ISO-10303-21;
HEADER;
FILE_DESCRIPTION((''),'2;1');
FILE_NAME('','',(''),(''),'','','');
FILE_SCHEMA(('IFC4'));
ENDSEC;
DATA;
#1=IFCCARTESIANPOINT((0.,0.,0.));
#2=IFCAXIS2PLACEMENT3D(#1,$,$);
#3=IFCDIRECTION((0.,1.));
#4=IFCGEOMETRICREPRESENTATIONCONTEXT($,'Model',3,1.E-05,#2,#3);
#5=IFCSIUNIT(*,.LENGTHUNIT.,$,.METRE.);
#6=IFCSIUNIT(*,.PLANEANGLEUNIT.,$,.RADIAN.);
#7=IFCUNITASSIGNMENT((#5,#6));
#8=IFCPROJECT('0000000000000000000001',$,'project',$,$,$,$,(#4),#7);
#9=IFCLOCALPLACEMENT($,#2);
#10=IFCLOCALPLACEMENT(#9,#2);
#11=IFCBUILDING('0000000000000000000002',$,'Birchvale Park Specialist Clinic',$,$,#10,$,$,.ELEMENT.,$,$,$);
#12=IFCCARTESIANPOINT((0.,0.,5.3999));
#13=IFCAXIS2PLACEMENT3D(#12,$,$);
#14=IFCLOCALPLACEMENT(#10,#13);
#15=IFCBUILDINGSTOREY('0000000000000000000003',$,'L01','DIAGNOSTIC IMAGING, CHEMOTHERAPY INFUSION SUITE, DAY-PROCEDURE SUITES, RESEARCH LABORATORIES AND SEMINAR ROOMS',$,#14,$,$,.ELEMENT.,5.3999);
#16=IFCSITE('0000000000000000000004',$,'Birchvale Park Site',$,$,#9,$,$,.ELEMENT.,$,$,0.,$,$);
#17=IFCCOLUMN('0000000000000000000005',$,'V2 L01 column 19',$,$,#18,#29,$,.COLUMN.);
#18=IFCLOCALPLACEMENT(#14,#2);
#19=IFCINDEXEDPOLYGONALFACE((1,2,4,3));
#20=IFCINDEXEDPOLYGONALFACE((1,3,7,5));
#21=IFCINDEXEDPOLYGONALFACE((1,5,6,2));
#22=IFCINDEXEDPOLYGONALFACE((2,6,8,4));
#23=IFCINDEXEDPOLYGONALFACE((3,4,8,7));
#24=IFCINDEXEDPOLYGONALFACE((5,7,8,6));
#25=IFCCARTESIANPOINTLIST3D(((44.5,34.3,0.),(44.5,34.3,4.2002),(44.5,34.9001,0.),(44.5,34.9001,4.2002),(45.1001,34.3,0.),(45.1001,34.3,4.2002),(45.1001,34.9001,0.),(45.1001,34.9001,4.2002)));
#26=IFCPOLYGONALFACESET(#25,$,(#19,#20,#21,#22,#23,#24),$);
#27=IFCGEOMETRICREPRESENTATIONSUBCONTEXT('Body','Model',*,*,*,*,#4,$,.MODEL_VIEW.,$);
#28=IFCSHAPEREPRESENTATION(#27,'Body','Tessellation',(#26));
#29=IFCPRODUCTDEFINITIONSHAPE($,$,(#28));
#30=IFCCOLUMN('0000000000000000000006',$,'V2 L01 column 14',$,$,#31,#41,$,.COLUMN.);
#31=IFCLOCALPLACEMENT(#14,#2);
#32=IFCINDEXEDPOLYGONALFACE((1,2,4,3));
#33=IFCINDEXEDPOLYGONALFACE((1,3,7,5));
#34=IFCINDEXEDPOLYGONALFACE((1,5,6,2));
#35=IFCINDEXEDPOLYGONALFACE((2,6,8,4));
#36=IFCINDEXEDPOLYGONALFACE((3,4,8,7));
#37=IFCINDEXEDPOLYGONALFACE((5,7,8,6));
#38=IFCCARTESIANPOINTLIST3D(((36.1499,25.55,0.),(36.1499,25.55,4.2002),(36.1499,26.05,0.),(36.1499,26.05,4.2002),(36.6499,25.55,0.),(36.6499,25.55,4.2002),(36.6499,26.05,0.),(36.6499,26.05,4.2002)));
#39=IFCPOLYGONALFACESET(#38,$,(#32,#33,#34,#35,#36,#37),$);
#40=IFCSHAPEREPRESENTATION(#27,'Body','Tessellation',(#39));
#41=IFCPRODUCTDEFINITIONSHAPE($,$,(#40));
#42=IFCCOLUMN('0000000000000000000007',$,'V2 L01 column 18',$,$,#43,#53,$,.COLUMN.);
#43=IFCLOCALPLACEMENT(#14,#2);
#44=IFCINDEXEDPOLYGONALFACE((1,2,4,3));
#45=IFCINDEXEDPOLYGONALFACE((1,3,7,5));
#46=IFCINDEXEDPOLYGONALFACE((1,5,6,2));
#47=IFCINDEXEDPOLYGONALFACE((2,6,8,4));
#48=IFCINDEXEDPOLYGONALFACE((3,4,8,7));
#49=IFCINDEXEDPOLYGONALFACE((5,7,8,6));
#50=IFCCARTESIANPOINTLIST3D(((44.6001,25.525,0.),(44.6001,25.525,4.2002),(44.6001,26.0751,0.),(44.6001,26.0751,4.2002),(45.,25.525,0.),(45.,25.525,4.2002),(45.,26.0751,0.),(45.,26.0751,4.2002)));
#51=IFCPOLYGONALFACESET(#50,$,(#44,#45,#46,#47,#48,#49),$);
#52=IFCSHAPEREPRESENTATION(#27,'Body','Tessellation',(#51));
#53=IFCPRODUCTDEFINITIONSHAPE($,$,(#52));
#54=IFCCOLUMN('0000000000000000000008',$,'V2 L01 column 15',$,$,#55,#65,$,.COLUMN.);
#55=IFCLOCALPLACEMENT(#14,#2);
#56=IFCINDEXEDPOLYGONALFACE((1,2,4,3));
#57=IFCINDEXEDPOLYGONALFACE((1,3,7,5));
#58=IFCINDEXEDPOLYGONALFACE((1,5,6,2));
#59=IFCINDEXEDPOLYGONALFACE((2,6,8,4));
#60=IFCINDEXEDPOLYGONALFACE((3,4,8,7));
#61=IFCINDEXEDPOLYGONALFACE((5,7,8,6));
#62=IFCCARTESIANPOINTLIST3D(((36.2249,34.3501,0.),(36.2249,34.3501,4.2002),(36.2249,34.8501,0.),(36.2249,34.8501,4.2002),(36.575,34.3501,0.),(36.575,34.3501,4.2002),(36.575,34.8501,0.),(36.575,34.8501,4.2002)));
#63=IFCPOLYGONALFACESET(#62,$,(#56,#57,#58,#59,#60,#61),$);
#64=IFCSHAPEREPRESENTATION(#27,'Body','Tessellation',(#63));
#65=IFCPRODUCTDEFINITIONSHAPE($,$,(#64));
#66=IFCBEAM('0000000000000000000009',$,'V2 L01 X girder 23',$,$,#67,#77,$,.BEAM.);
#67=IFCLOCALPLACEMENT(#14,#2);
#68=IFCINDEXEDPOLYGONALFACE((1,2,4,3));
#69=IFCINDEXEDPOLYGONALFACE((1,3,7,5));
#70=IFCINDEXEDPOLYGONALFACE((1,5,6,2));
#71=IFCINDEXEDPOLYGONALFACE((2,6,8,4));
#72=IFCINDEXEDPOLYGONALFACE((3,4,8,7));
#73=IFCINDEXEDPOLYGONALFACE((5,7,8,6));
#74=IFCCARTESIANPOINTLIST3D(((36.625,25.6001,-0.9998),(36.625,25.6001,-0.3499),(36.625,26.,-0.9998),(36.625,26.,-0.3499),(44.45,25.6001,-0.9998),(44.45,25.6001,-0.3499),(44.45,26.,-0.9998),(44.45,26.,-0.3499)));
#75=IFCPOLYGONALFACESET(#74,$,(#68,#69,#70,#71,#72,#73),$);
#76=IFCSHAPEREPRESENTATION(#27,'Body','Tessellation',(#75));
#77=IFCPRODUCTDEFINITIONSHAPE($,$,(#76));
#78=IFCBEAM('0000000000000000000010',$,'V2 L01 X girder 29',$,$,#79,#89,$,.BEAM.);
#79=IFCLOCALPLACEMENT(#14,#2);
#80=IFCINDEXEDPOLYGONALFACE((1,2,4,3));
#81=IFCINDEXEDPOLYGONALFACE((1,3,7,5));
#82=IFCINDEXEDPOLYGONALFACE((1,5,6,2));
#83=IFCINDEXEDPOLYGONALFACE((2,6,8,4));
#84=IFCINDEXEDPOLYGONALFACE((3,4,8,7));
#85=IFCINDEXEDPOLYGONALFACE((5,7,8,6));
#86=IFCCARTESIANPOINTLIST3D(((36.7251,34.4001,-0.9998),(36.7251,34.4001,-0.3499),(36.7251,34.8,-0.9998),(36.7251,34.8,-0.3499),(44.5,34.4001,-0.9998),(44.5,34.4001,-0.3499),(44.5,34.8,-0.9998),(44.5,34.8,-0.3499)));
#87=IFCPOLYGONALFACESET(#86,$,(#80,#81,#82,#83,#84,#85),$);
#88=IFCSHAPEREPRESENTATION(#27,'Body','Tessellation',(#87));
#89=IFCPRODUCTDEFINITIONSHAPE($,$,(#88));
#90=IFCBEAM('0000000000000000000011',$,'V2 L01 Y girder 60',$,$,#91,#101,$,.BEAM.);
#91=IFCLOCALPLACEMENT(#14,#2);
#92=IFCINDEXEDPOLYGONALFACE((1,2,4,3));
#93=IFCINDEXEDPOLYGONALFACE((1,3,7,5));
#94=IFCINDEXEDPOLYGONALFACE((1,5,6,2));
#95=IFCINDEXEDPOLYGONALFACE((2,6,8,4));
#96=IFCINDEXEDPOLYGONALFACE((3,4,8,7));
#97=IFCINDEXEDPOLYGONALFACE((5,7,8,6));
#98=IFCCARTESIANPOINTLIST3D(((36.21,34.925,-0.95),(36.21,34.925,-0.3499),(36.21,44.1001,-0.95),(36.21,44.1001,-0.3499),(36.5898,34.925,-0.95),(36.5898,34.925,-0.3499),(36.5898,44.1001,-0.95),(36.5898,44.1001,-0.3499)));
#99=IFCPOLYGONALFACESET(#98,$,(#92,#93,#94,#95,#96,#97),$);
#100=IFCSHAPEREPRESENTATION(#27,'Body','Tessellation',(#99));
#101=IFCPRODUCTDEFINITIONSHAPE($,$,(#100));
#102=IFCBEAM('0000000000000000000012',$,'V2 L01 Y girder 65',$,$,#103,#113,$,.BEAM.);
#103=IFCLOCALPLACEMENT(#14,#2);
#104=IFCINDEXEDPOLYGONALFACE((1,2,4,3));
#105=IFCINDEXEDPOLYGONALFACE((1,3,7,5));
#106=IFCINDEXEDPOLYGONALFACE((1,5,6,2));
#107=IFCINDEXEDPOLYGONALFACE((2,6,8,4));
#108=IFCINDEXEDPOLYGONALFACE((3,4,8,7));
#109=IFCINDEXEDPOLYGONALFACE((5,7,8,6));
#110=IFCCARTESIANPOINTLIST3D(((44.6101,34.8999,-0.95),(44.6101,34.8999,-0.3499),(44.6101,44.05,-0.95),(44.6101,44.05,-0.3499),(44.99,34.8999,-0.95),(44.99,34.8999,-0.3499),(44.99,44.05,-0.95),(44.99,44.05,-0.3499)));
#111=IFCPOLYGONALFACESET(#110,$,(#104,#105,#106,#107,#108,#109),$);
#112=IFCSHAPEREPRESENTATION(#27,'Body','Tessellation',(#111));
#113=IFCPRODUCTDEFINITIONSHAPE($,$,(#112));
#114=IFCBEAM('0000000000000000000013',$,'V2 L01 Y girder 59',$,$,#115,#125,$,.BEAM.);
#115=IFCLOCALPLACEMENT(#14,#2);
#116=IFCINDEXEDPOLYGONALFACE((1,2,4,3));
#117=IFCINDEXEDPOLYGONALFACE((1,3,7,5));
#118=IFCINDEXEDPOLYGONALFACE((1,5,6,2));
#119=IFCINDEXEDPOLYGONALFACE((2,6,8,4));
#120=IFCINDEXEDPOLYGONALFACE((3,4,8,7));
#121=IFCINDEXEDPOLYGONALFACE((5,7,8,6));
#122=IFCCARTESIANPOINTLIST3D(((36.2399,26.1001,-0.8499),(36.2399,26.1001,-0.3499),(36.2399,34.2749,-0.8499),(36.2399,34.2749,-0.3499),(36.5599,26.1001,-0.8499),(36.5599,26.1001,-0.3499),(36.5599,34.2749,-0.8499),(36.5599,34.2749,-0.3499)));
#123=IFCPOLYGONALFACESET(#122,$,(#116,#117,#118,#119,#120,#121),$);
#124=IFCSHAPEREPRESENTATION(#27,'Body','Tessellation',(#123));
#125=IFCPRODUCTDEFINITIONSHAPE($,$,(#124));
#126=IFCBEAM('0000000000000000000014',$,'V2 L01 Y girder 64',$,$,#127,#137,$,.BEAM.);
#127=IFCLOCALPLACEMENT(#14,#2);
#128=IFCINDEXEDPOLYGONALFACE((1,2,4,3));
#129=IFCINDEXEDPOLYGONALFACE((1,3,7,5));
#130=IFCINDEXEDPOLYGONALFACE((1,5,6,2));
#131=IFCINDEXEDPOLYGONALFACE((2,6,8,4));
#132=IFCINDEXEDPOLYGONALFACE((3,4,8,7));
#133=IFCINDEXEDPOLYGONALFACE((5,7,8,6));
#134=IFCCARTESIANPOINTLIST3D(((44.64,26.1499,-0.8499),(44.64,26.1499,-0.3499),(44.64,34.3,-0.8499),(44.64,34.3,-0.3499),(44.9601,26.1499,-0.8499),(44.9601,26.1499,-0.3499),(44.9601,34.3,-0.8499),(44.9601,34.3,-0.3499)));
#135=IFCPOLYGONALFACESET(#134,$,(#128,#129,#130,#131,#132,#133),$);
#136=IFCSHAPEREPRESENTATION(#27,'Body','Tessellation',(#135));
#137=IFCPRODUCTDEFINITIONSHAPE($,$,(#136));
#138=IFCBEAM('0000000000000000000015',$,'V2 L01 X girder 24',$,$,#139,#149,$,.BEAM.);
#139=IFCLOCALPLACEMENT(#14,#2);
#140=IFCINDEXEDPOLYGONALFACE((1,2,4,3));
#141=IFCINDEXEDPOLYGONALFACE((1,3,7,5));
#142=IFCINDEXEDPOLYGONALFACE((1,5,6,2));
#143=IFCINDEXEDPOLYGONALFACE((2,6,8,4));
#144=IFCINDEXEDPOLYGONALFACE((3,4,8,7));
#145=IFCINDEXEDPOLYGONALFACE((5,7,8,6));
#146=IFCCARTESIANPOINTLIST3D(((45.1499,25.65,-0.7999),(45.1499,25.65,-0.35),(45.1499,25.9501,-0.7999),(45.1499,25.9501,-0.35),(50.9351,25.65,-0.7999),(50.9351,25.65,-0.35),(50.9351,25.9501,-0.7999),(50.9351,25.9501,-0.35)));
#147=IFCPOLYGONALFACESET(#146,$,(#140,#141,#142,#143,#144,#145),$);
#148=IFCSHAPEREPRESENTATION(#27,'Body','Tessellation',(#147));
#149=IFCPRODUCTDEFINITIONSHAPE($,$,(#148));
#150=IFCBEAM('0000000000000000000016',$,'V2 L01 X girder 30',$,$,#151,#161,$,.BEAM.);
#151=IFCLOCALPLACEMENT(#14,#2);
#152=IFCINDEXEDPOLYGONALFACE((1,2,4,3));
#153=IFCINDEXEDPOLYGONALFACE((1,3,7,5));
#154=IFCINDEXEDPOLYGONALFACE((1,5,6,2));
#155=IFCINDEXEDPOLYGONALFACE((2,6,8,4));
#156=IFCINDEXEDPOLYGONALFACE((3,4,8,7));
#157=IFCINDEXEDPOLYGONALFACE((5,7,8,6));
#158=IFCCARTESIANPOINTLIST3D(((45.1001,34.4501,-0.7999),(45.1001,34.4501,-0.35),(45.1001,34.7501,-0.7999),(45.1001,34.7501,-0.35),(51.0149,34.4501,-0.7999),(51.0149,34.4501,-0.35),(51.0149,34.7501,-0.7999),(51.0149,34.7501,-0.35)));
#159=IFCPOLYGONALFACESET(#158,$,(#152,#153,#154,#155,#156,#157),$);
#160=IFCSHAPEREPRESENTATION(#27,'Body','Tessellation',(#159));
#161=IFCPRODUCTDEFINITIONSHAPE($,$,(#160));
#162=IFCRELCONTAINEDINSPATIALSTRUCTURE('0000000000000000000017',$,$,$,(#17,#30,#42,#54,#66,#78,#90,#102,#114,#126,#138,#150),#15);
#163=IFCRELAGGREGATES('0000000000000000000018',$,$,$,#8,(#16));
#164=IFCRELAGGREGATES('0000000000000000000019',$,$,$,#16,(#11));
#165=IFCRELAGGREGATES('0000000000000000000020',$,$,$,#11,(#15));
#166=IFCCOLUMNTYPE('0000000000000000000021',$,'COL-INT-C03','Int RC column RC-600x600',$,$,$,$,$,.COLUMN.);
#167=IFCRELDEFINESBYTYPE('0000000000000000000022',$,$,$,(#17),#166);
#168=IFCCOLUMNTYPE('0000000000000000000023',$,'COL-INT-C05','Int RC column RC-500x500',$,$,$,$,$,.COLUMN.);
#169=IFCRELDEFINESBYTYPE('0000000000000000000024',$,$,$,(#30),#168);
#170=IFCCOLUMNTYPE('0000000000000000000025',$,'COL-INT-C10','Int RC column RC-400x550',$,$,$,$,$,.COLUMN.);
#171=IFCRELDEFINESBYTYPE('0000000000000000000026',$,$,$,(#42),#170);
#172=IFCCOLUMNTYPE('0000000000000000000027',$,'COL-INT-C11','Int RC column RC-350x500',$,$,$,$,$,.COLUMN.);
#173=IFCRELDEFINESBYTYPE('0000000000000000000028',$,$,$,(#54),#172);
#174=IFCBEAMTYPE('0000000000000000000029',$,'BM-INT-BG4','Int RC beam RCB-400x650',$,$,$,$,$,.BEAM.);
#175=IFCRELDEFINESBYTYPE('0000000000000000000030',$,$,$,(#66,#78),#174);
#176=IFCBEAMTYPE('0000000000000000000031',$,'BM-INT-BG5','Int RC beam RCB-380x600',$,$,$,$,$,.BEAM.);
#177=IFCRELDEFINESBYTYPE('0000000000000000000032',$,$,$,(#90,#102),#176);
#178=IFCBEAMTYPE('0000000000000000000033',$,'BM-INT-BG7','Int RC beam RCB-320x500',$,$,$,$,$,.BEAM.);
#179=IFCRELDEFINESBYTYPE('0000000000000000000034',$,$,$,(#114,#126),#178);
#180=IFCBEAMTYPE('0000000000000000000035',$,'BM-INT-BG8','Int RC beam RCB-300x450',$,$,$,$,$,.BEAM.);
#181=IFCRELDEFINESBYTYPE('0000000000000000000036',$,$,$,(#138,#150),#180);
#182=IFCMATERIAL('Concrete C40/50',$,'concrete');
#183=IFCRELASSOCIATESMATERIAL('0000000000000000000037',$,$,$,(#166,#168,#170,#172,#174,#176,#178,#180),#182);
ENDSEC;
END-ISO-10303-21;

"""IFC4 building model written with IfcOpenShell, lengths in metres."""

from ifc_helpers import new_model, si_unit, direction, frame, origin, origin_2d, place, context, subcontext, project, spatial, rectangle, extrude, material, material_profile, profile_set, type_object, element, save


model = new_model("IFC4")

# Units and contexts
model_context = context("Model", 3, precision=1e-05, world=origin(), true_north=direction((0.0, 1.0)))
body_context = subcontext(model_context, "Body", "Model", "MODEL_VIEW")
ifc_project = project(units=[si_unit("LENGTHUNIT", "METRE"), si_unit("PLANEANGLEUNIT", "RADIAN")], contexts=[model_context])

# Site, building, storey
site_placement = place(None, origin())
site = spatial("IfcSite", under=ifc_project, at=site_placement, Name="Birchvale Park Site", CompositionType="ELEMENT", RefElevation=0.0)
building_placement = place(site_placement, origin())
building = spatial("IfcBuilding", under=site, at=building_placement, Name="Birchvale Park Specialist Clinic", CompositionType="ELEMENT")
storey_placement = place(building_placement, frame((0.0, 0.0, 5.3999)))
storey = spatial("IfcBuildingStorey", under=building, at=storey_placement, Name="L01", Description="DIAGNOSTIC IMAGING, CHEMOTHERAPY INFUSION SUITE, DAY-PROCEDURE SUITES, RESEARCH LABORATORIES AND SEMINAR ROOMS", CompositionType="ELEMENT", Elevation=5.3999)

# Columns
ifc_material_1 = material(Name="Concrete C40/50", Category="concrete")
ifc_material_profile_1 = material_profile(ifc_material_1, rectangle(XDim=0.6001, YDim=0.6001, at=origin_2d()), Name="RC-600x600")
ifc_profile_set_1 = profile_set([ifc_material_profile_1], Name="Concrete C40/50")
column_type_1 = type_object("IfcColumnType", Name="COL-INT-C03", Description="Int RC column RC-600x600", PredefinedType="COLUMN", material=ifc_profile_set_1)
column_1_placement = place(storey_placement, frame((44.8, 34.6001, 0.0), z_axis=(0.0, 0.0, 1.0), x_axis=(1.0, 0.0, 0.0)))
element("IfcColumn", 1, at=column_1_placement, inside=storey, type_object=column_type_1, Name="V2 L01 column 19", PredefinedType="COLUMN", context=body_context, shape_type="SweptSolid", body=[
    extrude(rectangle(XDim=0.6001, YDim=0.6001, at=origin_2d()), origin(), (0.0, 0.0, 1.0), 4.2002),
])
ifc_material_profile_2 = material_profile(ifc_material_1, rectangle(XDim=0.5, YDim=0.5, at=origin_2d()), Name="RC-500x500")
ifc_profile_set_2 = profile_set([ifc_material_profile_2], Name="Concrete C40/50")
column_type_2 = type_object("IfcColumnType", Name="COL-INT-C05", Description="Int RC column RC-500x500", PredefinedType="COLUMN", material=ifc_profile_set_2)
column_2_placement = place(storey_placement, frame((36.3999, 25.8, 0.0), z_axis=(0.0, 0.0, 1.0), x_axis=(1.0, 0.0, 0.0)))
element("IfcColumn", 2, at=column_2_placement, inside=storey, type_object=column_type_2, Name="V2 L01 column 14", PredefinedType="COLUMN", context=body_context, shape_type="SweptSolid", body=[
    extrude(rectangle(XDim=0.5, YDim=0.5, at=origin_2d()), origin(), (0.0, 0.0, 1.0), 4.2002),
])
ifc_material_profile_3 = material_profile(ifc_material_1, rectangle(XDim=0.3999, YDim=0.55, at=origin_2d()), Name="RC-400x550")
ifc_profile_set_3 = profile_set([ifc_material_profile_3], Name="Concrete C40/50")
column_type_3 = type_object("IfcColumnType", Name="COL-INT-C10", Description="Int RC column RC-400x550", PredefinedType="COLUMN", material=ifc_profile_set_3)
column_3_placement = place(storey_placement, frame((44.8, 25.8, 0.0), z_axis=(0.0, 0.0, 1.0), x_axis=(1.0, 0.0, 0.0)))
element("IfcColumn", 3, at=column_3_placement, inside=storey, type_object=column_type_3, Name="V2 L01 column 18", PredefinedType="COLUMN", context=body_context, shape_type="SweptSolid", body=[
    extrude(rectangle(XDim=0.3999, YDim=0.55, at=origin_2d()), origin(), (0.0, 0.0, 1.0), 4.2002),
])
ifc_material_profile_4 = material_profile(ifc_material_1, rectangle(XDim=0.3501, YDim=0.5, at=origin_2d()), Name="RC-350x500")
ifc_profile_set_4 = profile_set([ifc_material_profile_4], Name="Concrete C40/50")
column_type_4 = type_object("IfcColumnType", Name="COL-INT-C11", Description="Int RC column RC-350x500", PredefinedType="COLUMN", material=ifc_profile_set_4)
column_4_placement = place(storey_placement, frame((36.3999, 34.6001, 0.0), z_axis=(0.0, 0.0, 1.0), x_axis=(1.0, 0.0, 0.0)))
element("IfcColumn", 4, at=column_4_placement, inside=storey, type_object=column_type_4, Name="V2 L01 column 15", PredefinedType="COLUMN", context=body_context, shape_type="SweptSolid", body=[
    extrude(rectangle(XDim=0.3501, YDim=0.5, at=origin_2d()), origin(), (0.0, 0.0, 1.0), 4.2002),
])

# Beams
ifc_material_profile_5 = material_profile(ifc_material_1, rectangle(XDim=0.3999, YDim=0.6499, at=origin_2d()), Name="RCB-400x650")
ifc_profile_set_5 = profile_set([ifc_material_profile_5], Name="Concrete C40/50")
beam_type_1 = type_object("IfcBeamType", Name="BM-INT-BG4", Description="Int RC beam RCB-400x650", PredefinedType="BEAM", material=ifc_profile_set_5)
beam_1_placement = place(storey_placement, frame((36.625, 25.8, -0.6748), z_axis=(1.0, 0.0, 0.0), x_axis=(0.0, 1.0, 0.0)))
element("IfcBeam", 5, at=beam_1_placement, inside=storey, type_object=beam_type_1, Name="V2 L01 X girder 23", PredefinedType="BEAM", context=body_context, shape_type="SweptSolid", body=[
    extrude(rectangle(XDim=0.3999, YDim=0.6499, at=origin_2d()), origin(), (0.0, 0.0, 1.0), 7.825),
])
beam_2_placement = place(storey_placement, frame((36.7251, 34.6001, -0.6748), z_axis=(1.0, 0.0, 0.0), x_axis=(0.0, 1.0, 0.0)))
element("IfcBeam", 6, at=beam_2_placement, inside=storey, type_object=beam_type_1, Name="V2 L01 X girder 29", PredefinedType="BEAM", context=body_context, shape_type="SweptSolid", body=[
    extrude(rectangle(XDim=0.3999, YDim=0.6499, at=origin_2d()), origin(), (0.0, 0.0, 1.0), 7.7749),
])
ifc_material_profile_6 = material_profile(ifc_material_1, rectangle(XDim=0.3799, YDim=0.6001, at=origin_2d()), Name="RCB-380x600")
ifc_profile_set_6 = profile_set([ifc_material_profile_6], Name="Concrete C40/50")
beam_type_2 = type_object("IfcBeamType", Name="BM-INT-BG5", Description="Int RC beam RCB-380x600", PredefinedType="BEAM", material=ifc_profile_set_6)
beam_3_placement = place(storey_placement, frame((36.3999, 34.925, -0.6499), z_axis=(0.0, 1.0, 0.0), x_axis=(-1.0, 0.0, 0.0)))
element("IfcBeam", 7, at=beam_3_placement, inside=storey, type_object=beam_type_2, Name="V2 L01 Y girder 60", PredefinedType="BEAM", context=body_context, shape_type="SweptSolid", body=[
    extrude(rectangle(XDim=0.3799, YDim=0.6001, at=origin_2d()), origin(), (0.0, 0.0, 1.0), 9.175),
])
beam_4_placement = place(storey_placement, frame((44.8, 34.8999, -0.6499), z_axis=(0.0, 1.0, 0.0), x_axis=(-1.0, 0.0, 0.0)))
element("IfcBeam", 8, at=beam_4_placement, inside=storey, type_object=beam_type_2, Name="V2 L01 Y girder 65", PredefinedType="BEAM", context=body_context, shape_type="SweptSolid", body=[
    extrude(rectangle(XDim=0.3799, YDim=0.6001, at=origin_2d()), origin(), (0.0, 0.0, 1.0), 9.1501),
])
ifc_material_profile_7 = material_profile(ifc_material_1, rectangle(XDim=0.3201, YDim=0.5, at=origin_2d()), Name="RCB-320x500")
ifc_profile_set_7 = profile_set([ifc_material_profile_7], Name="Concrete C40/50")
beam_type_3 = type_object("IfcBeamType", Name="BM-INT-BG7", Description="Int RC beam RCB-320x500", PredefinedType="BEAM", material=ifc_profile_set_7)
beam_5_placement = place(storey_placement, frame((36.3999, 26.1001, -0.5999), z_axis=(0.0, 1.0, 0.0), x_axis=(-1.0, 0.0, 0.0)))
element("IfcBeam", 9, at=beam_5_placement, inside=storey, type_object=beam_type_3, Name="V2 L01 Y girder 59", PredefinedType="BEAM", context=body_context, shape_type="SweptSolid", body=[
    extrude(rectangle(XDim=0.3201, YDim=0.5, at=origin_2d()), origin(), (0.0, 0.0, 1.0), 8.1748),
])
beam_6_placement = place(storey_placement, frame((44.8, 26.1499, -0.5999), z_axis=(0.0, 1.0, 0.0), x_axis=(-1.0, 0.0, 0.0)))
element("IfcBeam", 10, at=beam_6_placement, inside=storey, type_object=beam_type_3, Name="V2 L01 Y girder 64", PredefinedType="BEAM", context=body_context, shape_type="SweptSolid", body=[
    extrude(rectangle(XDim=0.3201, YDim=0.5, at=origin_2d()), origin(), (0.0, 0.0, 1.0), 8.1501),
])
ifc_material_profile_8 = material_profile(ifc_material_1, rectangle(XDim=0.3, YDim=0.45, at=origin_2d()), Name="RCB-300x450")
ifc_profile_set_8 = profile_set([ifc_material_profile_8], Name="Concrete C40/50")
beam_type_4 = type_object("IfcBeamType", Name="BM-INT-BG8", Description="Int RC beam RCB-300x450", PredefinedType="BEAM", material=ifc_profile_set_8)
beam_7_placement = place(storey_placement, frame((45.1499, 25.8, -0.575), z_axis=(1.0, 0.0, 0.0), x_axis=(0.0, 1.0, 0.0)))
element("IfcBeam", 11, at=beam_7_placement, inside=storey, type_object=beam_type_4, Name="V2 L01 X girder 24", PredefinedType="BEAM", context=body_context, shape_type="SweptSolid", body=[
    extrude(rectangle(XDim=0.3, YDim=0.45, at=origin_2d()), origin(), (0.0, 0.0, 1.0), 5.7852),
])
beam_8_placement = place(storey_placement, frame((45.1001, 34.6001, -0.575), z_axis=(1.0, 0.0, 0.0), x_axis=(0.0, 1.0, 0.0)))
element("IfcBeam", 12, at=beam_8_placement, inside=storey, type_object=beam_type_4, Name="V2 L01 X girder 30", PredefinedType="BEAM", context=body_context, shape_type="SweptSolid", body=[
    extrude(rectangle(XDim=0.3, YDim=0.45, at=origin_2d()), origin(), (0.0, 0.0, 1.0), 5.9148),
])

save(model, "model.ifc")
